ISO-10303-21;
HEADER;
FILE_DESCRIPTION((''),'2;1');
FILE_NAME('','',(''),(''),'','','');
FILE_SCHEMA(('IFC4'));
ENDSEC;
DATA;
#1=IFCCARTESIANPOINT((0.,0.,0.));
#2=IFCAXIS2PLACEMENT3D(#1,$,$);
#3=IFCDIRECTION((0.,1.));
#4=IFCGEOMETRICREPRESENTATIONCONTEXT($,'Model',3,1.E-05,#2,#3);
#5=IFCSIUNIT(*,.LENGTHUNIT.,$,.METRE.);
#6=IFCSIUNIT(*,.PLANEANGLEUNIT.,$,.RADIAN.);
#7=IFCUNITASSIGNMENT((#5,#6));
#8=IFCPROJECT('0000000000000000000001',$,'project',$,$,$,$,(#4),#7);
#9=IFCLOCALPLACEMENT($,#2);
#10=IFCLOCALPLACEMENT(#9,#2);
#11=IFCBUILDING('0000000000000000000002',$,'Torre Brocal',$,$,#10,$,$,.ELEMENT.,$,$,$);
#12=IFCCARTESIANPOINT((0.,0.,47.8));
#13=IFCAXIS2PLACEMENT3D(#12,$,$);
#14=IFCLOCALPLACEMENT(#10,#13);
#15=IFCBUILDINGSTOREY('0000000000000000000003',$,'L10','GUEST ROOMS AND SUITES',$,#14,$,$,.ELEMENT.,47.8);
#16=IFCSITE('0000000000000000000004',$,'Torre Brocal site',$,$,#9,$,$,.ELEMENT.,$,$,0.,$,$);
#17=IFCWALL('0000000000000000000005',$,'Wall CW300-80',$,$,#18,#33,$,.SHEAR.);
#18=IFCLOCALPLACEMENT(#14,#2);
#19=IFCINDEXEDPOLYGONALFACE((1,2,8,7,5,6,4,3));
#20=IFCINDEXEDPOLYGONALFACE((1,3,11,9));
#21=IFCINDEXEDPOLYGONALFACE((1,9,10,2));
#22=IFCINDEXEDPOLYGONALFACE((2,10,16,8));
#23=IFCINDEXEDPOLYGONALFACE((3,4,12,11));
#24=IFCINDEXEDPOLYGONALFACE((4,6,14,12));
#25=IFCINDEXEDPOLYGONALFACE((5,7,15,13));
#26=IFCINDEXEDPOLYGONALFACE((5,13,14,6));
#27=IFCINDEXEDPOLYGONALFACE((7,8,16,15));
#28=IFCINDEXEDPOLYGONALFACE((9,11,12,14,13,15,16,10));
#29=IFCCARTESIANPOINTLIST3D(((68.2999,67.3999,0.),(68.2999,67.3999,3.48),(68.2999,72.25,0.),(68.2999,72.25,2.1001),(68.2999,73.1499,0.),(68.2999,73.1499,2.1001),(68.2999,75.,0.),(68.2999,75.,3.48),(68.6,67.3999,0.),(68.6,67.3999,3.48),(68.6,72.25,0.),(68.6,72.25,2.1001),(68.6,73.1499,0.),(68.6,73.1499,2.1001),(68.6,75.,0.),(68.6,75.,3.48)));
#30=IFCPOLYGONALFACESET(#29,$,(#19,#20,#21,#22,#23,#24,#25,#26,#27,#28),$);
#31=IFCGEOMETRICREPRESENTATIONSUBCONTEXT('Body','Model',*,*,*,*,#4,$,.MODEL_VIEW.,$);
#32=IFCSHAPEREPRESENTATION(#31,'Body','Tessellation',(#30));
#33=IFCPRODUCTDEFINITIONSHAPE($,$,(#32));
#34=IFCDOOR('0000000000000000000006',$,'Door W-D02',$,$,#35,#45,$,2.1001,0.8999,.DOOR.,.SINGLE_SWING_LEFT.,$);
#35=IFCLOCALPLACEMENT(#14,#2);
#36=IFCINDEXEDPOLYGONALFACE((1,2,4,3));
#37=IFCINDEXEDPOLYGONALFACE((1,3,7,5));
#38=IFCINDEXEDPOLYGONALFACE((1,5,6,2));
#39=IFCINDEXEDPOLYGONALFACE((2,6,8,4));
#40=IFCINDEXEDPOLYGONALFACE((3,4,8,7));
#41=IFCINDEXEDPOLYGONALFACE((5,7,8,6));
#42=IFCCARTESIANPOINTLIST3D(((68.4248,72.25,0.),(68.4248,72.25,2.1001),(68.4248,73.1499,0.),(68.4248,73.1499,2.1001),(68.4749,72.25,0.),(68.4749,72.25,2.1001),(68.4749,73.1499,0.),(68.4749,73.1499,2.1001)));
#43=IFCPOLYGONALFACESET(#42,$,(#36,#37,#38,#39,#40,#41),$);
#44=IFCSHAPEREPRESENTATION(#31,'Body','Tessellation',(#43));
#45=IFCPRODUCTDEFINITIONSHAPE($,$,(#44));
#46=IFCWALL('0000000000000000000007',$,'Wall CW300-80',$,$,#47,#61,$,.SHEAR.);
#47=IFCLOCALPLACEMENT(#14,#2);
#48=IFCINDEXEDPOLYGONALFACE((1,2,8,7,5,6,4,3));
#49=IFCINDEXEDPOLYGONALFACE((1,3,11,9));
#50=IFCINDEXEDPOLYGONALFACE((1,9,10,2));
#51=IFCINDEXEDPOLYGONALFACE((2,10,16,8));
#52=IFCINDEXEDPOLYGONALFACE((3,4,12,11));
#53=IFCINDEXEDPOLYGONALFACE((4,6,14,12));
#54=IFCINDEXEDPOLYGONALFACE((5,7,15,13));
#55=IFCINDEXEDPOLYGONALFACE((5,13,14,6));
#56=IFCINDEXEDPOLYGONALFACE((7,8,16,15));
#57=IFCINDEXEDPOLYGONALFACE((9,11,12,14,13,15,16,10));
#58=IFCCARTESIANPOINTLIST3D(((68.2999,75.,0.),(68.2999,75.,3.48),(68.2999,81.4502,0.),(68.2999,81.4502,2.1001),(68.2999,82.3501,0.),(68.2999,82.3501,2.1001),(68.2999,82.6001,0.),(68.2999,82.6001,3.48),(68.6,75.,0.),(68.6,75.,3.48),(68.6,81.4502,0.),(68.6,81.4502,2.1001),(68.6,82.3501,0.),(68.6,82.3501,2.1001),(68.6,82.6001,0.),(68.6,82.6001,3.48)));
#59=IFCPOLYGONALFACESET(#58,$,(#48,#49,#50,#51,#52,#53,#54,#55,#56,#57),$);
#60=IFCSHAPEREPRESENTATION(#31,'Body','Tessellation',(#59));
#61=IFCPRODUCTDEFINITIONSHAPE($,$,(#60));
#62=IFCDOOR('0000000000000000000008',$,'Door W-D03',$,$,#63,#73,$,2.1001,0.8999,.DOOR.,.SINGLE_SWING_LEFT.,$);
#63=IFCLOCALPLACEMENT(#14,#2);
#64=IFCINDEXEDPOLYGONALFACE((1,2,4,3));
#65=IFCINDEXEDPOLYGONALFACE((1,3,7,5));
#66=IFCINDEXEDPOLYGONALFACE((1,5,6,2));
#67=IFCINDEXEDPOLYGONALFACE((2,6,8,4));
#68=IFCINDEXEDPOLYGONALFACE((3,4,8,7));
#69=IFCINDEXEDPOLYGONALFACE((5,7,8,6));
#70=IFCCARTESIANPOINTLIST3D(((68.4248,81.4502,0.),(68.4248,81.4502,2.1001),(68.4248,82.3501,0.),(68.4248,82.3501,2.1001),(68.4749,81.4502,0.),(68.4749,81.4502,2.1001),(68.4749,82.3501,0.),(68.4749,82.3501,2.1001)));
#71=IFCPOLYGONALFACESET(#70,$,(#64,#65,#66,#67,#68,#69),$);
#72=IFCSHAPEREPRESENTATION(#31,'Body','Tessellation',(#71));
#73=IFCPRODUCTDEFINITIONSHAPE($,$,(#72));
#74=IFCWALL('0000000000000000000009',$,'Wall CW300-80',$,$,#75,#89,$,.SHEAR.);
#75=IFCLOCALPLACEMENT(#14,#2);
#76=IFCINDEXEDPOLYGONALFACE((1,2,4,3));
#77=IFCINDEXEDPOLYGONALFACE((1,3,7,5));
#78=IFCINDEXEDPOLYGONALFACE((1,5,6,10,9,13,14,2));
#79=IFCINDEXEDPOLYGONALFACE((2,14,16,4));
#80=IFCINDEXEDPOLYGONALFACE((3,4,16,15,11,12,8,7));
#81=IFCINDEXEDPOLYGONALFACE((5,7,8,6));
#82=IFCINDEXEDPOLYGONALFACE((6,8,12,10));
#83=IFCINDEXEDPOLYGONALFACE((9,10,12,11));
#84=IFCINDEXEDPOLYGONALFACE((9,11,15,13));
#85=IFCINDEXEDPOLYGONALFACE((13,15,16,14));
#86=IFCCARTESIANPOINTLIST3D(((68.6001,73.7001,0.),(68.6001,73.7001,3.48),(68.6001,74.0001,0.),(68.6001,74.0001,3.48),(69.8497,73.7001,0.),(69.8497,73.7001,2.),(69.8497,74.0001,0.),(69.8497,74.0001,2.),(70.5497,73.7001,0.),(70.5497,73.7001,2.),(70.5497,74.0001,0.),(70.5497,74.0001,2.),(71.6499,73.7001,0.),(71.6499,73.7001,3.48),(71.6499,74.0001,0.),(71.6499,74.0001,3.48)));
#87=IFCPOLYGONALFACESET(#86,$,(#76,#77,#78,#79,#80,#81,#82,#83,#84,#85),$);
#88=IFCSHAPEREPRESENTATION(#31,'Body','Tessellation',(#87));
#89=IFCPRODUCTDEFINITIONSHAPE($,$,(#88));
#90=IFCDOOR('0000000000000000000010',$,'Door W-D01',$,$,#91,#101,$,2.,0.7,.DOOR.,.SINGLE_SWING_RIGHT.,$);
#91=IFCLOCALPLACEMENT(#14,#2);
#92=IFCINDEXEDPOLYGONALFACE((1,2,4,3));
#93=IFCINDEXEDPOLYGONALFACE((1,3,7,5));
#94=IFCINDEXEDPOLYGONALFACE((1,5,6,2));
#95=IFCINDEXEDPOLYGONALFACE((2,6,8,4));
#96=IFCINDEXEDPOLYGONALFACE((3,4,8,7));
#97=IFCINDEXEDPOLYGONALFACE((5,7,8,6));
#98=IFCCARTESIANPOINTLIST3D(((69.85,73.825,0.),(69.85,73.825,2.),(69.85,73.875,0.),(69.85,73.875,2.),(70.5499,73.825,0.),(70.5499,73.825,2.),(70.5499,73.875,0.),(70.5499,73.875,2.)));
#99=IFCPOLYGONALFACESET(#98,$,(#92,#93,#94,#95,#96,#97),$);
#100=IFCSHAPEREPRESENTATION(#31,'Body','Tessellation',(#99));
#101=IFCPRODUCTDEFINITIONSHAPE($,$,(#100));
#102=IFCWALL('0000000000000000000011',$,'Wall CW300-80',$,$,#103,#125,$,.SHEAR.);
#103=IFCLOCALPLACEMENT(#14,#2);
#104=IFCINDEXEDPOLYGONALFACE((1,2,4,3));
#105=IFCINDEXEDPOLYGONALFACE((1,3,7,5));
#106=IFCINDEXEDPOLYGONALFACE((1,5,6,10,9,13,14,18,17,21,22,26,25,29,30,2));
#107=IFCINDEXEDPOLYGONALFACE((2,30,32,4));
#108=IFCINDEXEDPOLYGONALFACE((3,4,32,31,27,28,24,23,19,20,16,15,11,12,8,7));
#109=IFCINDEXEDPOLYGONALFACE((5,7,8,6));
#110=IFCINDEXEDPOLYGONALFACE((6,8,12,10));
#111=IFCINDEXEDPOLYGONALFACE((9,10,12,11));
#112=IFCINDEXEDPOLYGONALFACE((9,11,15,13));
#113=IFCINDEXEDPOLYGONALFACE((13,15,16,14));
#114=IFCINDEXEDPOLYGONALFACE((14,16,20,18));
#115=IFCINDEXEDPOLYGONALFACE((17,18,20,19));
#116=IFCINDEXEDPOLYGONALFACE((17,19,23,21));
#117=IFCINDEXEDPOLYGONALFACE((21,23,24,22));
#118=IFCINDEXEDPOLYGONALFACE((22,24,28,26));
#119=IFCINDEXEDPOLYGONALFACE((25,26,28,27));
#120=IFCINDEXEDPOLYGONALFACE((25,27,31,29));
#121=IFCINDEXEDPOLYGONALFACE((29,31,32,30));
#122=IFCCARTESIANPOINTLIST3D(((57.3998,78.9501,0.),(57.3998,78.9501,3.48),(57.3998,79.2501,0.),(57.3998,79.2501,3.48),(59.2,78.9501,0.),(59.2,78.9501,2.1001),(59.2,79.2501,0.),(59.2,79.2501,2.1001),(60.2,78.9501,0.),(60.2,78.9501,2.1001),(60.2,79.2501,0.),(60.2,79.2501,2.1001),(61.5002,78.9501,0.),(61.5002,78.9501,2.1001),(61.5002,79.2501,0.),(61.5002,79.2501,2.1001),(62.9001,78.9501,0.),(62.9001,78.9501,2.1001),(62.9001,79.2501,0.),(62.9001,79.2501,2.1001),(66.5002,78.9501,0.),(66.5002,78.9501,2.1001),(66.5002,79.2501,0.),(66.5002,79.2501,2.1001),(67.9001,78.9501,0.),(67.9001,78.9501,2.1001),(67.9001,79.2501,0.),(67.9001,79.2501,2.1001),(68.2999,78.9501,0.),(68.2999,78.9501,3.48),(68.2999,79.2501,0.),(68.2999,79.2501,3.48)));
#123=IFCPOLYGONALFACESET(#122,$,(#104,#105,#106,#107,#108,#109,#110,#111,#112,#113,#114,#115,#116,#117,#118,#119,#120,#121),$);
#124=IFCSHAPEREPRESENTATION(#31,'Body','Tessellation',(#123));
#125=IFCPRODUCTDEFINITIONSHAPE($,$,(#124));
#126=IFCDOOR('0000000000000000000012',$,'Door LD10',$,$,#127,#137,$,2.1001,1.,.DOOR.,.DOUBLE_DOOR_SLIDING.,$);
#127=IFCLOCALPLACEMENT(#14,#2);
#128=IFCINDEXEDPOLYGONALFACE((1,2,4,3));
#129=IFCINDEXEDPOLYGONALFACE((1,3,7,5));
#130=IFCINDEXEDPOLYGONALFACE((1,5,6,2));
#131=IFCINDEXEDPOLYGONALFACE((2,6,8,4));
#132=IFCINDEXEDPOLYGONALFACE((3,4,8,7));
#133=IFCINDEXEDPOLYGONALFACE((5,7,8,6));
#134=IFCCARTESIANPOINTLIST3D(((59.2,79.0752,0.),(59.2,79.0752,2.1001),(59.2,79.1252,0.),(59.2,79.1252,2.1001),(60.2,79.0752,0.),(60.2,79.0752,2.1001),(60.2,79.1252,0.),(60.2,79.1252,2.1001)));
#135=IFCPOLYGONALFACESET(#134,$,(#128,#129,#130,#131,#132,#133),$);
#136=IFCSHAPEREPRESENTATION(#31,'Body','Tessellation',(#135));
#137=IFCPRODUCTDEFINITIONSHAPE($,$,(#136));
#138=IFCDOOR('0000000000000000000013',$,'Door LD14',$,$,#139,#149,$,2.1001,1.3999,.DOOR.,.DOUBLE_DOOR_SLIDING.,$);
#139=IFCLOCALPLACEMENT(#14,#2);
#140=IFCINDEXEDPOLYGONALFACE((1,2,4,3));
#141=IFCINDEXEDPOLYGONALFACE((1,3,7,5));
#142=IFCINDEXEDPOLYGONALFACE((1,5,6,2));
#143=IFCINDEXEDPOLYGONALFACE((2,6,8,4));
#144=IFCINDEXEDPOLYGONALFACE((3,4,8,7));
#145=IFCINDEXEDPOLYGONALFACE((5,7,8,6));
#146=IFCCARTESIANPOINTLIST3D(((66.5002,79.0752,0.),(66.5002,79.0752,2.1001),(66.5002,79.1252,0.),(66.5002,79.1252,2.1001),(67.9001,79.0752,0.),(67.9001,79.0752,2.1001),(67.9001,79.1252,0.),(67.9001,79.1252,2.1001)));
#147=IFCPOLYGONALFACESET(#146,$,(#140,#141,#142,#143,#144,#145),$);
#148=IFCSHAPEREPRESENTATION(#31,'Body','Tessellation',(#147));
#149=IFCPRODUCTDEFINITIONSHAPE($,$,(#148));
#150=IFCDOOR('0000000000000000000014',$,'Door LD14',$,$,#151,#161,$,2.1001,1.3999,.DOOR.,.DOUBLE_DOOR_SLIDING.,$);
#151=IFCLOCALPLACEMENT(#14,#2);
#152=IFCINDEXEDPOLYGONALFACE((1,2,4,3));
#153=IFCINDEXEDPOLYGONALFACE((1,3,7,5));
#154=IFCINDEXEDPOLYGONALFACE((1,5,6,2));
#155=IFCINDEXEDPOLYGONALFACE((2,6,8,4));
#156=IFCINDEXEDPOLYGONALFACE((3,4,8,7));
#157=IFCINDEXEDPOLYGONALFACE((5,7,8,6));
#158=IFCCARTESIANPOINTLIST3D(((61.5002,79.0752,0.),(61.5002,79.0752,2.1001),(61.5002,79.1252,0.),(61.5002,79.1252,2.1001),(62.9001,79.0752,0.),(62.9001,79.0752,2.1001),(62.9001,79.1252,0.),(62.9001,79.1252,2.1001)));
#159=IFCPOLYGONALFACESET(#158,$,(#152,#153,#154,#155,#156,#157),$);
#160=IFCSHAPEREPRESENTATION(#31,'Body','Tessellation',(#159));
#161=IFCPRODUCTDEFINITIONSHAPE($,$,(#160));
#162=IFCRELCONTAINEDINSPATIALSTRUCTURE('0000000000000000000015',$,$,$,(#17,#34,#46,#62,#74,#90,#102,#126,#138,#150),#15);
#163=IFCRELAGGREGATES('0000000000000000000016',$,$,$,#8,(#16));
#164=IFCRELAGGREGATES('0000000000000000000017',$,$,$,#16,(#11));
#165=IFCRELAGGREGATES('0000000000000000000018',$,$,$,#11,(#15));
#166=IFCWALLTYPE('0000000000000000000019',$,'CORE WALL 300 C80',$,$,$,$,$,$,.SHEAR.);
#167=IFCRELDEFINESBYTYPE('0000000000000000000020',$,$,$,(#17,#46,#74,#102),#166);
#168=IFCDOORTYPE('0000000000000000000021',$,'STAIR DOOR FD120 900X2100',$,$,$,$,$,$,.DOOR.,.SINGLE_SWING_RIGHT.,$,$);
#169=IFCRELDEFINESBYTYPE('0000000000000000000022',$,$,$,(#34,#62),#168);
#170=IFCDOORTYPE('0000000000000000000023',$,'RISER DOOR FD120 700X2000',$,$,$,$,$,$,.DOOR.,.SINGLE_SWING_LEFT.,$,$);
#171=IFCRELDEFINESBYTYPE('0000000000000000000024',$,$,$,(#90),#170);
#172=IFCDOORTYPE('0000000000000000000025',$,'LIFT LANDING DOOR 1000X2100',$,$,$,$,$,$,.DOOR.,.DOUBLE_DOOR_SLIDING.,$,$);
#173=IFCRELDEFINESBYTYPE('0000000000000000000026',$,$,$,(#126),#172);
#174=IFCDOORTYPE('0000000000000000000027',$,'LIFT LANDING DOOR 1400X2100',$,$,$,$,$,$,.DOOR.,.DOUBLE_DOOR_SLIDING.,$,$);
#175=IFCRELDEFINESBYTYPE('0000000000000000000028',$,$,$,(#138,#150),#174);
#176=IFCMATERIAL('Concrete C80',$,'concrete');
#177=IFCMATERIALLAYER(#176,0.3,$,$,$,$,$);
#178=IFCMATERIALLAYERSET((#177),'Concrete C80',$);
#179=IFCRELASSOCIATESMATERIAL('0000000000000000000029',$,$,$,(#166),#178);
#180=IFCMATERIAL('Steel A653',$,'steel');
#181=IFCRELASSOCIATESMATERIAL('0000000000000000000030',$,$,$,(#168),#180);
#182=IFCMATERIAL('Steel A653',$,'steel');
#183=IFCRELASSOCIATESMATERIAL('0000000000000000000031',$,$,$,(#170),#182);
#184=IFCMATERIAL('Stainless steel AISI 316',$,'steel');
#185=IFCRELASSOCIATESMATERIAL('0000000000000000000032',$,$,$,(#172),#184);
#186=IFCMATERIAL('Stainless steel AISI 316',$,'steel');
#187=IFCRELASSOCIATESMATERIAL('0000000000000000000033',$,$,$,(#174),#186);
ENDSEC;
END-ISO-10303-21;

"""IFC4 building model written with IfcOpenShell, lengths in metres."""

from ifc_helpers import new_model, si_unit, direction, frame, frame_2d, origin, place, context, subcontext, project, spatial, rectangle, extrude, material, layer, layer_set, type_object, element, fill, save


model = new_model("IFC4")

# Units and contexts
model_context = context("Model", 3, precision=1e-05, world=origin(), true_north=direction((0.0, 1.0)))
body_context = subcontext(model_context, "Body", "Model", "MODEL_VIEW")
ifc_project = project(units=[si_unit("LENGTHUNIT", "METRE"), si_unit("PLANEANGLEUNIT", "RADIAN")], contexts=[model_context])

# Site, building, storey
site_placement = place(None, origin())
site = spatial("IfcSite", under=ifc_project, at=site_placement, Name="Torre Brocal site", CompositionType="ELEMENT", RefElevation=0.0)
building_placement = place(site_placement, origin())
building = spatial("IfcBuilding", under=site, at=building_placement, Name="Torre Brocal", CompositionType="ELEMENT")
storey_placement = place(building_placement, frame((0.0, 0.0, 47.8)))
storey = spatial("IfcBuildingStorey", under=building, at=storey_placement, Name="L10", Description="GUEST ROOMS AND SUITES", CompositionType="ELEMENT", Elevation=47.8)

# Walls, openings, doors
ifc_material_1 = material(Name="Concrete C80", Category="concrete")
ifc_layer_1 = layer(ifc_material_1, 0.3)
ifc_layer_set_1 = layer_set([ifc_layer_1], Name="Concrete C80")
wall_type_1 = type_object("IfcWallType", Name="CORE WALL 300 C80", PredefinedType="SHEAR", material=ifc_layer_set_1)
wall_1_placement = place(storey_placement, frame((68.45, 75.0, 0.0), z_axis=(0.0, 0.0, 1.0), x_axis=(0.0, -1.0, 0.0)))
wall_1 = element("IfcWall", 1, at=wall_1_placement, inside=storey, type_object=wall_type_1, Name="Wall CW300-80", PredefinedType="SHEAR", context=body_context, shape_type="SweptSolid", body=[
    extrude(rectangle(XDim=7.6001, YDim=0.3, at=frame_2d((3.8, 0.0))), origin(), (0.0, 0.0, 1.0), 3.48),
])
opening_1_placement = place(wall_1_placement, frame((1.8501, 0.0, 0.0)))
opening_1 = element("IfcOpeningElement", 2, at=opening_1_placement, cuts=wall_1, PredefinedType="OPENING", context=body_context, shape_type="SweptSolid", body=[
    extrude(rectangle(XDim=0.8999, YDim=2.1001, at=frame_2d((0.45, 1.05))), frame((0.0, 0.1599, 0.0), z_axis=(0.0, -1.0, 0.0), x_axis=(1.0, 0.0, 0.0)), (0.0, 0.0, 1.0), 0.3201),
])
ifc_material_2 = material(Name="Steel A653", Category="steel")
door_type_1 = type_object("IfcDoorType", Name="STAIR DOOR FD120 900X2100", OperationType="SINGLE_SWING_RIGHT", PredefinedType="DOOR", material=ifc_material_2)
door_1_placement = place(opening_1_placement, origin())
door_1 = element("IfcDoor", 3, at=door_1_placement, inside=storey, type_object=door_type_1, Name="Door W-D02", OperationType="SINGLE_SWING_LEFT", OverallHeight=2.1001, OverallWidth=0.8999, PredefinedType="DOOR", context=body_context, shape_type="SweptSolid", body=[
    extrude(rectangle(XDim=0.8999, YDim=2.1001, at=frame_2d((0.45, 1.05))), frame((0.0, 0.0249, 0.0), z_axis=(0.0, -1.0, 0.0), x_axis=(1.0, 0.0, 0.0)), (0.0, 0.0, 1.0), 0.05),
])
fill(opening_1, door_1)
wall_2_placement = place(storey_placement, frame((68.45, 82.6001, 0.0), z_axis=(0.0, 0.0, 1.0), x_axis=(0.0, -1.0, 0.0)))
wall_2 = element("IfcWall", 4, at=wall_2_placement, inside=storey, type_object=wall_type_1, Name="Wall CW300-80", PredefinedType="SHEAR", context=body_context, shape_type="SweptSolid", body=[
    extrude(rectangle(XDim=7.6001, YDim=0.3, at=frame_2d((3.8, 0.0))), origin(), (0.0, 0.0, 1.0), 3.48),
])
opening_2_placement = place(wall_2_placement, frame((0.25, 0.0, 0.0)))
opening_2 = element("IfcOpeningElement", 5, at=opening_2_placement, cuts=wall_2, PredefinedType="OPENING", context=body_context, shape_type="SweptSolid", body=[
    extrude(rectangle(XDim=0.8999, YDim=2.1001, at=frame_2d((0.45, 1.05))), frame((0.0, 0.1599, 0.0), z_axis=(0.0, -1.0, 0.0), x_axis=(1.0, 0.0, 0.0)), (0.0, 0.0, 1.0), 0.3201),
])
door_2_placement = place(opening_2_placement, origin())
door_2 = element("IfcDoor", 6, at=door_2_placement, inside=storey, type_object=door_type_1, Name="Door W-D03", OperationType="SINGLE_SWING_LEFT", OverallHeight=2.1001, OverallWidth=0.8999, PredefinedType="DOOR", context=body_context, shape_type="SweptSolid", body=[
    extrude(rectangle(XDim=0.8999, YDim=2.1001, at=frame_2d((0.45, 1.05))), frame((0.0, 0.0249, 0.0), z_axis=(0.0, -1.0, 0.0), x_axis=(1.0, 0.0, 0.0)), (0.0, 0.0, 1.0), 0.05),
])
fill(opening_2, door_2)
wall_3_placement = place(storey_placement, frame((71.6499, 73.8501, 0.0), z_axis=(0.0, 0.0, 1.0), x_axis=(-1.0, 0.0, 0.0)))
wall_3 = element("IfcWall", 7, at=wall_3_placement, inside=storey, type_object=wall_type_1, Name="Wall CW300-80", PredefinedType="SHEAR", context=body_context, shape_type="SweptSolid", body=[
    extrude(rectangle(XDim=3.0498, YDim=0.3, at=frame_2d((1.5249, 0.0))), origin(), (0.0, 0.0, 1.0), 3.48),
])
opening_3_placement = place(wall_3_placement, frame((1.1001, 0.0, 0.0)))
opening_3 = element("IfcOpeningElement", 8, at=opening_3_placement, cuts=wall_3, PredefinedType="OPENING", context=body_context, shape_type="SweptSolid", body=[
    extrude(rectangle(XDim=0.7, YDim=2.0, at=frame_2d((0.3501, 1.0))), frame((0.0, 0.1599, 0.0), z_axis=(0.0, -1.0, 0.0), x_axis=(1.0, 0.0, 0.0)), (0.0, 0.0, 1.0), 0.3201),
])
ifc_material_3 = material(Name="Steel A653", Category="steel")
door_type_2 = type_object("IfcDoorType", Name="RISER DOOR FD120 700X2000", OperationType="SINGLE_SWING_LEFT", PredefinedType="DOOR", material=ifc_material_3)
door_3_placement = place(opening_3_placement, frame((0.7, 0.0, 0.0), z_axis=(0.0, 0.0, 1.0), x_axis=(-1.0, 0.0, 0.0)))
door_3 = element("IfcDoor", 9, at=door_3_placement, inside=storey, type_object=door_type_2, Name="Door W-D01", OperationType="SINGLE_SWING_RIGHT", OverallHeight=2.0, OverallWidth=0.7, PredefinedType="DOOR", context=body_context, shape_type="SweptSolid", body=[
    extrude(rectangle(XDim=0.7, YDim=2.0, at=frame_2d((0.3501, 1.0))), frame((0.0, 0.0249, 0.0), z_axis=(0.0, -1.0, 0.0), x_axis=(1.0, 0.0, 0.0)), (0.0, 0.0, 1.0), 0.05),
])
fill(opening_3, door_3)

# Wall, openings, doors
wall_4_placement = place(storey_placement, frame((68.3, 79.1001, 0.0), z_axis=(0.0, 0.0, 1.0), x_axis=(-1.0, 0.0, 0.0)))
wall_4 = element("IfcWall", 10, at=wall_4_placement, inside=storey, type_object=wall_type_1, Name="Wall CW300-80", PredefinedType="SHEAR", context=body_context, shape_type="SweptSolid", body=[
    extrude(rectangle(XDim=10.9001, YDim=0.3, at=frame_2d((5.4502, 0.0))), origin(), (0.0, 0.0, 1.0), 3.48),
])
opening_4_placement = place(wall_4_placement, frame((0.3999, 0.0, 0.0)))
opening_4 = element("IfcOpeningElement", 11, at=opening_4_placement, cuts=wall_4, PredefinedType="OPENING", context=body_context, shape_type="SweptSolid", body=[
    extrude(rectangle(XDim=1.3999, YDim=2.1001, at=frame_2d((0.7, 1.05))), frame((0.0, 0.1599, 0.0), z_axis=(0.0, -1.0, 0.0), x_axis=(1.0, 0.0, 0.0)), (0.0, 0.0, 1.0), 0.3201),
])
opening_5_placement = place(wall_4_placement, frame((5.3999, 0.0, 0.0)))
opening_5 = element("IfcOpeningElement", 12, at=opening_5_placement, cuts=wall_4, PredefinedType="OPENING", context=body_context, shape_type="SweptSolid", body=[
    extrude(rectangle(XDim=1.3999, YDim=2.1001, at=frame_2d((0.7, 1.05))), frame((0.0, 0.1599, 0.0), z_axis=(0.0, -1.0, 0.0), x_axis=(1.0, 0.0, 0.0)), (0.0, 0.0, 1.0), 0.3201),
])
opening_6_placement = place(wall_4_placement, frame((8.1001, 0.0, 0.0)))
opening_6 = element("IfcOpeningElement", 13, at=opening_6_placement, cuts=wall_4, PredefinedType="OPENING", context=body_context, shape_type="SweptSolid", body=[
    extrude(rectangle(XDim=1.0, YDim=2.1001, at=frame_2d((0.5, 1.05))), frame((0.0, 0.1599, 0.0), z_axis=(0.0, -1.0, 0.0), x_axis=(1.0, 0.0, 0.0)), (0.0, 0.0, 1.0), 0.3201),
])
ifc_material_4 = material(Name="Stainless steel AISI 316", Category="steel")
door_type_3 = type_object("IfcDoorType", Name="LIFT LANDING DOOR 1000X2100", OperationType="DOUBLE_DOOR_SLIDING", PredefinedType="DOOR", material=ifc_material_4)
door_4_placement = place(opening_6_placement, origin())
door_4 = element("IfcDoor", 14, at=door_4_placement, inside=storey, type_object=door_type_3, Name="Door LD10", OperationType="DOUBLE_DOOR_SLIDING", OverallHeight=2.1001, OverallWidth=1.0, PredefinedType="DOOR", context=body_context, shape_type="SweptSolid", body=[
    extrude(rectangle(XDim=1.0, YDim=2.1001, at=frame_2d((0.5, 1.05))), frame((0.0, 0.0249, 0.0), z_axis=(0.0, -1.0, 0.0), x_axis=(1.0, 0.0, 0.0)), (0.0, 0.0, 1.0), 0.05),
])
fill(opening_6, door_4)
ifc_material_5 = material(Name="Stainless steel AISI 316", Category="steel")
door_type_4 = type_object("IfcDoorType", Name="LIFT LANDING DOOR 1400X2100", OperationType="DOUBLE_DOOR_SLIDING", PredefinedType="DOOR", material=ifc_material_5)
door_5_placement = place(opening_4_placement, origin())
door_5 = element("IfcDoor", 15, at=door_5_placement, inside=storey, type_object=door_type_4, Name="Door LD14", OperationType="DOUBLE_DOOR_SLIDING", OverallHeight=2.1001, OverallWidth=1.3999, PredefinedType="DOOR", context=body_context, shape_type="SweptSolid", body=[
    extrude(rectangle(XDim=1.3999, YDim=2.1001, at=frame_2d((0.7, 1.05))), frame((0.0, 0.0249, 0.0), z_axis=(0.0, -1.0, 0.0), x_axis=(1.0, 0.0, 0.0)), (0.0, 0.0, 1.0), 0.05),
])
fill(opening_4, door_5)
door_6_placement = place(opening_5_placement, origin())
door_6 = element("IfcDoor", 16, at=door_6_placement, inside=storey, type_object=door_type_4, Name="Door LD14", OperationType="DOUBLE_DOOR_SLIDING", OverallHeight=2.1001, OverallWidth=1.3999, PredefinedType="DOOR", context=body_context, shape_type="SweptSolid", body=[
    extrude(rectangle(XDim=1.3999, YDim=2.1001, at=frame_2d((0.7, 1.05))), frame((0.0, 0.0249, 0.0), z_axis=(0.0, -1.0, 0.0), x_axis=(1.0, 0.0, 0.0)), (0.0, 0.0, 1.0), 0.05),
])
fill(opening_5, door_6)

save(model, "model.ifc")
